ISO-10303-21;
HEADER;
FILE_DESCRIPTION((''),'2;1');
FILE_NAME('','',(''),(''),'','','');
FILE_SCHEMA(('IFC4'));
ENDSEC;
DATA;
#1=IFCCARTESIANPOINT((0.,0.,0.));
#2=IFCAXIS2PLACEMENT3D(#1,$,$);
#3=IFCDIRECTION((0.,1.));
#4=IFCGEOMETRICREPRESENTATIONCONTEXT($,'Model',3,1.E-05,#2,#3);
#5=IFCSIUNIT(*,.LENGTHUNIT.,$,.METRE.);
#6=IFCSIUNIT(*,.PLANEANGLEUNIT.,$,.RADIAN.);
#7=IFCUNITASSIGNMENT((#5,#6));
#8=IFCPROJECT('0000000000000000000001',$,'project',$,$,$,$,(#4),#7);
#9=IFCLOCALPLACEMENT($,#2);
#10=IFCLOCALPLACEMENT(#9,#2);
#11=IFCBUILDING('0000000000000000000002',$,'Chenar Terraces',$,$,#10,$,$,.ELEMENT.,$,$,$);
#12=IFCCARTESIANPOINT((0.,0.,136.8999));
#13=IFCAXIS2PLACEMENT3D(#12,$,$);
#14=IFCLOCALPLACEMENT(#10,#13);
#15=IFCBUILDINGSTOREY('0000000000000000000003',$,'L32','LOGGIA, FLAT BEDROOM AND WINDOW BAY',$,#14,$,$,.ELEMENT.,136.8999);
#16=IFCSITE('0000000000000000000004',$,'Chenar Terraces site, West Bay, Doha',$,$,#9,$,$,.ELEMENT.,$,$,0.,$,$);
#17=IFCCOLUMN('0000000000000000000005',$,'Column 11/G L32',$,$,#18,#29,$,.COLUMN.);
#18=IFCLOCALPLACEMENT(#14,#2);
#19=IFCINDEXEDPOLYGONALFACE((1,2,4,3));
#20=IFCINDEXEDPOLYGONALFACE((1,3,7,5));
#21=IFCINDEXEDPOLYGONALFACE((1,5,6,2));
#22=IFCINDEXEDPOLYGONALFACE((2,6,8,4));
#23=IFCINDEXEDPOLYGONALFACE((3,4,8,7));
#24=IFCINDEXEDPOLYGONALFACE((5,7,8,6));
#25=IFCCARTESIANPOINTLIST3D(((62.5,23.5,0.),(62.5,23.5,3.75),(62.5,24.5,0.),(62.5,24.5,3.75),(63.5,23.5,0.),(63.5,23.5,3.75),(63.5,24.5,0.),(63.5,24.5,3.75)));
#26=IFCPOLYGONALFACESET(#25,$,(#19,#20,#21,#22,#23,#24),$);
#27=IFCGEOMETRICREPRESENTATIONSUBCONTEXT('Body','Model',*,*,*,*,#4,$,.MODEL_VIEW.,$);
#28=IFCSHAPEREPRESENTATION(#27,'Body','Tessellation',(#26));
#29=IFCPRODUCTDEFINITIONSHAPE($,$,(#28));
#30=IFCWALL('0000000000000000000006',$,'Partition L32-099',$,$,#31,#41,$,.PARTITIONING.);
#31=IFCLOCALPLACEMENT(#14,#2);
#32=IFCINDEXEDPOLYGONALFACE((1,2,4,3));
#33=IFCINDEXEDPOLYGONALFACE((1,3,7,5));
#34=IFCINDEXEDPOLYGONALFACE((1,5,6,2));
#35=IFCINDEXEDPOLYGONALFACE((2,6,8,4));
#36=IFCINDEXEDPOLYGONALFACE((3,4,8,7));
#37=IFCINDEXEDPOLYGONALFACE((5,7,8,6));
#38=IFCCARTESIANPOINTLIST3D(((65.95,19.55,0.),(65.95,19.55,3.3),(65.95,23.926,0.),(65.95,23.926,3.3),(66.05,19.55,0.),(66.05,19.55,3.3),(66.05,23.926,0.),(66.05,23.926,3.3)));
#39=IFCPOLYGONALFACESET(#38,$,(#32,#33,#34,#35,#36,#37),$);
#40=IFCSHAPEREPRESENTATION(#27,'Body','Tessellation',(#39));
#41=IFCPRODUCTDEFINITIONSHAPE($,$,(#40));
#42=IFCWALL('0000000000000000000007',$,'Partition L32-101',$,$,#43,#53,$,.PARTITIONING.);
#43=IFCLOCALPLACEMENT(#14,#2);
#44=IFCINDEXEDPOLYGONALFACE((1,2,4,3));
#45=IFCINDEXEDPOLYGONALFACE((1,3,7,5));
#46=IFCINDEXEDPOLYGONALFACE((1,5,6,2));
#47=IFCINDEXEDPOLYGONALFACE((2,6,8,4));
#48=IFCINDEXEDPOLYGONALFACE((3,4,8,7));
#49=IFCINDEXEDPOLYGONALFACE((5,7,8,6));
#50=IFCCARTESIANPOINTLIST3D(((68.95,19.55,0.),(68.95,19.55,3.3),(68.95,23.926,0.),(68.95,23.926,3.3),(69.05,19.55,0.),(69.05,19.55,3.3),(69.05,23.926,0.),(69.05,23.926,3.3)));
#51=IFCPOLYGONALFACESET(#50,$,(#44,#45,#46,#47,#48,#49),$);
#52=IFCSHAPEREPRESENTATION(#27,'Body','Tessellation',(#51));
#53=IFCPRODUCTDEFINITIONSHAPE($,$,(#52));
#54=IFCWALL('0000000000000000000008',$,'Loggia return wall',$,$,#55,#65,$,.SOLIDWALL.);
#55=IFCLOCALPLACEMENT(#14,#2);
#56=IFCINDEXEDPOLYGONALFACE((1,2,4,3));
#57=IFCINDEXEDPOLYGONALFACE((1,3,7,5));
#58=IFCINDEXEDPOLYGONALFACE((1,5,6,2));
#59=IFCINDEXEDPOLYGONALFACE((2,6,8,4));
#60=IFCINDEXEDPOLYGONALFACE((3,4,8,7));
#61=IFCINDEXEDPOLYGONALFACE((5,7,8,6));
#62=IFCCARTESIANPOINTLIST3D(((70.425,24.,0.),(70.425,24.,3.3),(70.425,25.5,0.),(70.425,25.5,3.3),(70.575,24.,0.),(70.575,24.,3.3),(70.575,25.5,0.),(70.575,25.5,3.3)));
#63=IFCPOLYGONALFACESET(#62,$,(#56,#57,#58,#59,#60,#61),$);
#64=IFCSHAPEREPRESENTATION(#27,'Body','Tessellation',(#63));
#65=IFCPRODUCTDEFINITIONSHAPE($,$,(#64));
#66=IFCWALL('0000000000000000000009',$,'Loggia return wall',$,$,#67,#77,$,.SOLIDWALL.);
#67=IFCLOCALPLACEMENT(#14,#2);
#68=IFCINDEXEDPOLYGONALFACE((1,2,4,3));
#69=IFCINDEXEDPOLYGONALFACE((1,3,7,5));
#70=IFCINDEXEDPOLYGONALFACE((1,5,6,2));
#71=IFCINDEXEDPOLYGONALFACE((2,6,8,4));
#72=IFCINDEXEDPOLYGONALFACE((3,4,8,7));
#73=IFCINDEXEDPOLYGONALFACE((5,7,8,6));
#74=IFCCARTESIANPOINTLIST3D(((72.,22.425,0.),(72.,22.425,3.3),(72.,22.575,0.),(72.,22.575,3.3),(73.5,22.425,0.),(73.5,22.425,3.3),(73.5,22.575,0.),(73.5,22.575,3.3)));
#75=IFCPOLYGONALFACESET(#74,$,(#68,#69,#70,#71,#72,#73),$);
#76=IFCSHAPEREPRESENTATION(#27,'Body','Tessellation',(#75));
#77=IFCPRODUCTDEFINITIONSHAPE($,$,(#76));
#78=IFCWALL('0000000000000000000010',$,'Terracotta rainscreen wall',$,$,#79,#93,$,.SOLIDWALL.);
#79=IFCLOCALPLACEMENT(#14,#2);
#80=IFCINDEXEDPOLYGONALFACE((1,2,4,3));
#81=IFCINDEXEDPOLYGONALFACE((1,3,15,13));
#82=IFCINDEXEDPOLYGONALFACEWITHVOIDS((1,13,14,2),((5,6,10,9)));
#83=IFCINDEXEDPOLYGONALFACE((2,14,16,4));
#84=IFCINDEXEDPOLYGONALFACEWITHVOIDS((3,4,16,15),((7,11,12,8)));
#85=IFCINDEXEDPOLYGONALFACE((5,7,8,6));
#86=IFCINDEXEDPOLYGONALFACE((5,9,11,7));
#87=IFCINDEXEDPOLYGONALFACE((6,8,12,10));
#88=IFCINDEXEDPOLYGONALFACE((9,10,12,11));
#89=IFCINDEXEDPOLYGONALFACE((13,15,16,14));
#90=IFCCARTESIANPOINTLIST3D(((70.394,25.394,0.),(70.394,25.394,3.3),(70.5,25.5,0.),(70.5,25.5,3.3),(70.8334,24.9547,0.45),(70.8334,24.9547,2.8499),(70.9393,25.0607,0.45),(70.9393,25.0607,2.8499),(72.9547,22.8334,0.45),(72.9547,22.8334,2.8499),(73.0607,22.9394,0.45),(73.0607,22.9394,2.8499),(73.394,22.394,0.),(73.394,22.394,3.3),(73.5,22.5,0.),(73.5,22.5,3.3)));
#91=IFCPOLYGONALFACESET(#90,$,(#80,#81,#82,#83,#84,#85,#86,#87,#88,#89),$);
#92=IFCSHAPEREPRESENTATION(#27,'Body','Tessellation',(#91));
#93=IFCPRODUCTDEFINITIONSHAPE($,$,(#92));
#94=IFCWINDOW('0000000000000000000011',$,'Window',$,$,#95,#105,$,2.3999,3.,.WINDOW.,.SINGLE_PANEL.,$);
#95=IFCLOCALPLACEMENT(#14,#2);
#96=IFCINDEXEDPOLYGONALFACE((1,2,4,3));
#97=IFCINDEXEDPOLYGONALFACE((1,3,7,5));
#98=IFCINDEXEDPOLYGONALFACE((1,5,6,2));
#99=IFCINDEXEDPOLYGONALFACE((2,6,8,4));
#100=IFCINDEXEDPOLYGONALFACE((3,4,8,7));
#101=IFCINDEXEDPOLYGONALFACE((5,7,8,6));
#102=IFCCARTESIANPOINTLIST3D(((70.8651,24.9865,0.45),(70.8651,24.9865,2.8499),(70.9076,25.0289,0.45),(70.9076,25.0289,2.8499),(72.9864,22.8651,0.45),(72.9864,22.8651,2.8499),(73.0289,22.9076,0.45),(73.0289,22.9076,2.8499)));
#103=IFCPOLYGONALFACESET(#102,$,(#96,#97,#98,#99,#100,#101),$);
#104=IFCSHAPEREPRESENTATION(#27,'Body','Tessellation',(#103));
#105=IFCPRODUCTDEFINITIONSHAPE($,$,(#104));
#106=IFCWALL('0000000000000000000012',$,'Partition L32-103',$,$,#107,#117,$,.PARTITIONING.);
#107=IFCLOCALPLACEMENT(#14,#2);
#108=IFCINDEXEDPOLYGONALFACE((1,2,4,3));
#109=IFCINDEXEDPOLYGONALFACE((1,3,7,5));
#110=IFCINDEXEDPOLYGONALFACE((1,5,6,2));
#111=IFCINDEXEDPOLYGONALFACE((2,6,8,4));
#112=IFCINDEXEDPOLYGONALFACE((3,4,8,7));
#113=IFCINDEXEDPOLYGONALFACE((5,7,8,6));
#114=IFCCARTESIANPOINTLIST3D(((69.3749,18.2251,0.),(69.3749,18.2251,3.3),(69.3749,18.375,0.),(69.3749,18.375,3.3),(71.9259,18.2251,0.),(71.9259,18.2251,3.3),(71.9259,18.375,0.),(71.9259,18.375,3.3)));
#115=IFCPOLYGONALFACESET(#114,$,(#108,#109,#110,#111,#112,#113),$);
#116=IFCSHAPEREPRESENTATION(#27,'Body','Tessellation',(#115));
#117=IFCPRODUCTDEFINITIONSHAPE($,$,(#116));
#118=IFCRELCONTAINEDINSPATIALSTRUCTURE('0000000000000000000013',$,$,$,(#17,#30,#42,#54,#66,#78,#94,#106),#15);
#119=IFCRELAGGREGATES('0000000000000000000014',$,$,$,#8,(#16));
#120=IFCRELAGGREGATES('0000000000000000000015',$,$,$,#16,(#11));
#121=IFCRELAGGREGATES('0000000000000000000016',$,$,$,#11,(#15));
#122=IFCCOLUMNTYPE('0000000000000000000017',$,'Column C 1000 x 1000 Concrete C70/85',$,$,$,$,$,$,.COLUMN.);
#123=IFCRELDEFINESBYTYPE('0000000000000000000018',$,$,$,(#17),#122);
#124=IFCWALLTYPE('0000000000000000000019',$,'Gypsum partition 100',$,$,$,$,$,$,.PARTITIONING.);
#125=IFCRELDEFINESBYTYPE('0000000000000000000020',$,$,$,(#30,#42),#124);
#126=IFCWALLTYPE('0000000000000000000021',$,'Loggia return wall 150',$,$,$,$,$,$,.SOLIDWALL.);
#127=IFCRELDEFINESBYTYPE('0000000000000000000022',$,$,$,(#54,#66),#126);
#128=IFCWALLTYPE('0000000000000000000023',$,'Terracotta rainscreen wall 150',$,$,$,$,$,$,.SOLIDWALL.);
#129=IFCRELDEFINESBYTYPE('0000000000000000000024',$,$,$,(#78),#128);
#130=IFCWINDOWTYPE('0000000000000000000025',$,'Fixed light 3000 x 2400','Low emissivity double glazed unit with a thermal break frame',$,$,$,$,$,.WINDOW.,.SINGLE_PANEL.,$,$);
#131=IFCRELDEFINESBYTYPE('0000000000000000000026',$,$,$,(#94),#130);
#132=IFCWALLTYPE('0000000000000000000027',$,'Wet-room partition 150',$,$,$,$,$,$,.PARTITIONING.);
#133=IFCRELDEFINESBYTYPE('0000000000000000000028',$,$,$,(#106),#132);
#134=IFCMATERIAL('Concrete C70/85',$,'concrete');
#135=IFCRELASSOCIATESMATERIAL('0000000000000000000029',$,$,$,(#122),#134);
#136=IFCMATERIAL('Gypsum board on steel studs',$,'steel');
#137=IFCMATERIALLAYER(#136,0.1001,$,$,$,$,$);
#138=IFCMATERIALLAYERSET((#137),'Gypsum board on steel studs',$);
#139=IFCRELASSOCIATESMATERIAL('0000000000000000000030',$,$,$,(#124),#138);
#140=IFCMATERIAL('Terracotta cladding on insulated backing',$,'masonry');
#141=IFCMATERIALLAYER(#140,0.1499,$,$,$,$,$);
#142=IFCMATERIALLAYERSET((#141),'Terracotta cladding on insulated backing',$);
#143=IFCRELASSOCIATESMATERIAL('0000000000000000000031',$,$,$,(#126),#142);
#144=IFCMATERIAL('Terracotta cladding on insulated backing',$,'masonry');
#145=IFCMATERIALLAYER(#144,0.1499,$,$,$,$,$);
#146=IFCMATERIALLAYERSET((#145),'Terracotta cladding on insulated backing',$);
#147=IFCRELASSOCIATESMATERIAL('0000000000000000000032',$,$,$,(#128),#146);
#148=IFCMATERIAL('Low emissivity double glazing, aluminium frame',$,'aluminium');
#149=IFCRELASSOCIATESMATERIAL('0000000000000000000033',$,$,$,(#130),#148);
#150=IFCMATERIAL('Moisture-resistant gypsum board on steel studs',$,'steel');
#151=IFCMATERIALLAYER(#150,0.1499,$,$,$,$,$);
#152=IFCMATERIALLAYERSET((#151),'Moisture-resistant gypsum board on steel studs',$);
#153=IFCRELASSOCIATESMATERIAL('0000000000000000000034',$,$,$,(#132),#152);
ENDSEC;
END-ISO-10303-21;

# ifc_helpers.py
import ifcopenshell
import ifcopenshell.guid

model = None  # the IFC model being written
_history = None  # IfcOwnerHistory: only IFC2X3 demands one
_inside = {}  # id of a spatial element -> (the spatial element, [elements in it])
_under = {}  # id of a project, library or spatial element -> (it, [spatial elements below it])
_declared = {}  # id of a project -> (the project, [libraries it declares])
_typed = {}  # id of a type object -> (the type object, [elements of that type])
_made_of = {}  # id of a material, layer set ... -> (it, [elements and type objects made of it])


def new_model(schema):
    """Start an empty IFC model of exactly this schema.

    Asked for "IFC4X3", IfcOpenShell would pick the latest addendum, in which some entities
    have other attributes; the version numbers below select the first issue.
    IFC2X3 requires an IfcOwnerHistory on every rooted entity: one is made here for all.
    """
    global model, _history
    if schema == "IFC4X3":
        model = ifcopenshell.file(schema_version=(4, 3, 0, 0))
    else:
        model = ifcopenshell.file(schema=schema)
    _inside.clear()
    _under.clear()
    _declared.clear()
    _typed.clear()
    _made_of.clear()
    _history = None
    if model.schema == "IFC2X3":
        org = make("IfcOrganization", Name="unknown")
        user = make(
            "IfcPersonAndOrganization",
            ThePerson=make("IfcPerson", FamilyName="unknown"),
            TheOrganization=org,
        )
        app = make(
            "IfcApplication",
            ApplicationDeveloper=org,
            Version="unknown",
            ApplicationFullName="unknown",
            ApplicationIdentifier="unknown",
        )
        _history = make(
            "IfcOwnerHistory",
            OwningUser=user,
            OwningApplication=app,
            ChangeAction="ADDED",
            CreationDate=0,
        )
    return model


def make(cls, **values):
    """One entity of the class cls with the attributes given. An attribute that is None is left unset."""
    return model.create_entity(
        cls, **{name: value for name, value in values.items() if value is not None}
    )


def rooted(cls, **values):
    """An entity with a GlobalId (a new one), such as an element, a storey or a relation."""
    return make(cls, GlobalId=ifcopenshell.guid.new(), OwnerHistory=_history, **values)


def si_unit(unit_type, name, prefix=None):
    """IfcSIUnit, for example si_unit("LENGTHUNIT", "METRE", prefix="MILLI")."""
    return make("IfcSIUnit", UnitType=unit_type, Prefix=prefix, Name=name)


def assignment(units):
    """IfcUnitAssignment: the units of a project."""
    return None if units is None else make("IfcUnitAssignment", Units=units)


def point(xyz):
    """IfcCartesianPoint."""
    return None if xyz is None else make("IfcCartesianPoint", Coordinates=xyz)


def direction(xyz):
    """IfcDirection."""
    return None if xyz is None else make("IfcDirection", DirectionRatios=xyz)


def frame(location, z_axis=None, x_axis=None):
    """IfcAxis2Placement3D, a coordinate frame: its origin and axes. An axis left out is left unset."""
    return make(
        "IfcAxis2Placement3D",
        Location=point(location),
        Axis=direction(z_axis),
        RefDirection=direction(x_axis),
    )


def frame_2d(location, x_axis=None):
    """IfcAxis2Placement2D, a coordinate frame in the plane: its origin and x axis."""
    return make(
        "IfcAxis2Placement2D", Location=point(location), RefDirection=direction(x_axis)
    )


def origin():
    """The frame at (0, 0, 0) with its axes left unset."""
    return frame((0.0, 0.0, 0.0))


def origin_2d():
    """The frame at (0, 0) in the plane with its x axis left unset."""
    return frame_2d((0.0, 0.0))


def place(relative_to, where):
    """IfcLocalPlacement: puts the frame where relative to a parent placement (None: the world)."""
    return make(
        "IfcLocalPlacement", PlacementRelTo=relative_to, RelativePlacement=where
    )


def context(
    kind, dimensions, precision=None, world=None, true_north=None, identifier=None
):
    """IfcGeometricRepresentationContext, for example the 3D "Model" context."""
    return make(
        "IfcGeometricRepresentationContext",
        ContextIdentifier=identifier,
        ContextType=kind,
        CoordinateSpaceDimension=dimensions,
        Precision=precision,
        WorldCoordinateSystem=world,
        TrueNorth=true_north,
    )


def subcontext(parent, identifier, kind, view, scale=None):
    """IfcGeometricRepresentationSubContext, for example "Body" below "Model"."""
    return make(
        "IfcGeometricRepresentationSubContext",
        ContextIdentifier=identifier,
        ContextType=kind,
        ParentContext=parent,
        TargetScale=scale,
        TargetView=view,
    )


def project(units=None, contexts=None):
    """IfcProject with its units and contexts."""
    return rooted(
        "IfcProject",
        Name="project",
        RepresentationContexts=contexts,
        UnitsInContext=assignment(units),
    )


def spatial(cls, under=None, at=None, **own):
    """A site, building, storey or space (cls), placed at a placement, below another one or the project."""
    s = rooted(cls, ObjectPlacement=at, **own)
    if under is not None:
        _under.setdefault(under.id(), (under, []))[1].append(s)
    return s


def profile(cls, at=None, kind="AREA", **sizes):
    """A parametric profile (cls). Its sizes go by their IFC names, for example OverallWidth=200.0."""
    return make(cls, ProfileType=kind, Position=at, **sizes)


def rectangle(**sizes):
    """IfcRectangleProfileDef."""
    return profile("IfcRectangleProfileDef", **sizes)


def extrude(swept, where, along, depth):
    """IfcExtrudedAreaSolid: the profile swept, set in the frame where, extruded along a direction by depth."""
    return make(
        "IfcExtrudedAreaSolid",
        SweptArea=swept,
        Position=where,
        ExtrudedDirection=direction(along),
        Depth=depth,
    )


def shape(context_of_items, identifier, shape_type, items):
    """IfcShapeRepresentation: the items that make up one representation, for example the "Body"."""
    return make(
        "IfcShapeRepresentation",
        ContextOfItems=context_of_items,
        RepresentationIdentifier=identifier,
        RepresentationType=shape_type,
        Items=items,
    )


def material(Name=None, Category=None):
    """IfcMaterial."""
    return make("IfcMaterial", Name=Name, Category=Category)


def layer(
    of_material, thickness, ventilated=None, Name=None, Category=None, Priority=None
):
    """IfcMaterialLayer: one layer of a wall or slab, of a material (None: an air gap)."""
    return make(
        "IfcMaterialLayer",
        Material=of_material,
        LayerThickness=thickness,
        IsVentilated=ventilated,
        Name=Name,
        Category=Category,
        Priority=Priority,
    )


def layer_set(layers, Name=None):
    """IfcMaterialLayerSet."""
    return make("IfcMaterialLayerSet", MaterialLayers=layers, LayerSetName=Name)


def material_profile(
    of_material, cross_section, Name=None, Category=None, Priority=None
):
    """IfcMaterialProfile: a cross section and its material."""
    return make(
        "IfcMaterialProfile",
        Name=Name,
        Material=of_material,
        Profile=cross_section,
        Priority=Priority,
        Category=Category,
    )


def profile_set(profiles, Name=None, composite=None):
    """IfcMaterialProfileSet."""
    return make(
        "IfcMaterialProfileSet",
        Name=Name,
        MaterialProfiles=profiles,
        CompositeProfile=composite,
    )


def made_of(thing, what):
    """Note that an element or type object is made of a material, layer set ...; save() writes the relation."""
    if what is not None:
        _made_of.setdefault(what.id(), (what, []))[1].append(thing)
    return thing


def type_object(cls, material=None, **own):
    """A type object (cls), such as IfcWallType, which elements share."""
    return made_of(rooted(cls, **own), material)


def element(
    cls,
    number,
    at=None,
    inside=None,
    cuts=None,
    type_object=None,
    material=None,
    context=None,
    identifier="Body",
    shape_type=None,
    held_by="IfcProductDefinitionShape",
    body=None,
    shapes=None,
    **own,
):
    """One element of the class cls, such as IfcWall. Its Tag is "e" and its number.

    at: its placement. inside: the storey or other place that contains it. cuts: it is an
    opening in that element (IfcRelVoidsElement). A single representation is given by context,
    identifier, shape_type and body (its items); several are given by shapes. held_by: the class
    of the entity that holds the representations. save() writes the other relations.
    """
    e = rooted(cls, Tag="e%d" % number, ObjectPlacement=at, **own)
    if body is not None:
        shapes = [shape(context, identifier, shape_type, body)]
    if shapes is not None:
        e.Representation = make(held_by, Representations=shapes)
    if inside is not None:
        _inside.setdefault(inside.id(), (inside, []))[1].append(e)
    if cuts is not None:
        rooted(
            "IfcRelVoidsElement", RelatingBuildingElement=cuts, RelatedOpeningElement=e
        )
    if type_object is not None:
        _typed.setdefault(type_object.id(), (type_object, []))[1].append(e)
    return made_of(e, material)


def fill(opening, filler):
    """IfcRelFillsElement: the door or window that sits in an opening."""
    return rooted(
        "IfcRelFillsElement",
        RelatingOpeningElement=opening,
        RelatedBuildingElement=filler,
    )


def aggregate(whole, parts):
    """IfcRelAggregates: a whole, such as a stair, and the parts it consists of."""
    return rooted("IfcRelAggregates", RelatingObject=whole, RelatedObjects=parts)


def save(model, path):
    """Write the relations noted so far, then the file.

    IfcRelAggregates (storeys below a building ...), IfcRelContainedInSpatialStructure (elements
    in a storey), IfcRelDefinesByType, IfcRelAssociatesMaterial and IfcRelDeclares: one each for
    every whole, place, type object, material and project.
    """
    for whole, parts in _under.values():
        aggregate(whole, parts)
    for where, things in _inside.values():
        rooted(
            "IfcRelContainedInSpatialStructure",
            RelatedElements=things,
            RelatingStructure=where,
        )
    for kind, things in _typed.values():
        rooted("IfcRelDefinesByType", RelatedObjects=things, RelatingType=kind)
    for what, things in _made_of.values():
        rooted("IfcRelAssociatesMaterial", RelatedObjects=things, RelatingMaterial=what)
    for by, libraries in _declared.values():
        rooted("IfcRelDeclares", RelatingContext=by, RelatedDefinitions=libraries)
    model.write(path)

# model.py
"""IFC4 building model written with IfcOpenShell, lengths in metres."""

from ifc_helpers import new_model, si_unit, direction, frame, frame_2d, origin, origin_2d, place, context, subcontext, project, spatial, rectangle, extrude, material, layer, layer_set, material_profile, profile_set, type_object, element, fill, save


model = new_model("IFC4")

# Units and contexts
model_context = context("Model", 3, precision=1e-05, world=origin(), true_north=direction((0.0, 1.0)))
body_context = subcontext(model_context, "Body", "Model", "MODEL_VIEW")
ifc_project = project(units=[si_unit("LENGTHUNIT", "METRE"), si_unit("PLANEANGLEUNIT", "RADIAN")], contexts=[model_context])

# Site, building, storey
site_placement = place(None, origin())
site = spatial("IfcSite", under=ifc_project, at=site_placement, Name="Chenar Terraces site, West Bay, Doha", CompositionType="ELEMENT", RefElevation=0.0)
building_placement = place(site_placement, origin())
building = spatial("IfcBuilding", under=site, at=building_placement, Name="Chenar Terraces", CompositionType="ELEMENT")
storey_placement = place(building_placement, frame((0.0, 0.0, 136.8999)))
storey = spatial("IfcBuildingStorey", under=building, at=storey_placement, Name="L32", Description="LOGGIA, FLAT BEDROOM AND WINDOW BAY", CompositionType="ELEMENT", Elevation=136.8999)

# Column
ifc_material_1 = material(Name="Concrete C70/85", Category="concrete")
ifc_material_profile = material_profile(ifc_material_1, rectangle(XDim=1.0, YDim=1.0, at=origin_2d()), Name="C 1000 x 1000")
ifc_profile_set = profile_set([ifc_material_profile], Name="Concrete C70/85")
column_type = type_object("IfcColumnType", Name="Column C 1000 x 1000 Concrete C70/85", PredefinedType="COLUMN", material=ifc_profile_set)
column_placement = place(storey_placement, frame((63.0, 24.0, 0.0), z_axis=(0.0, 0.0, 1.0), x_axis=(1.0, 0.0, 0.0)))
element("IfcColumn", 1, at=column_placement, inside=storey, type_object=column_type, Name="Column 11/G L32", PredefinedType="COLUMN", context=body_context, shape_type="SweptSolid", body=[
    extrude(rectangle(XDim=1.0, YDim=1.0, at=origin_2d()), origin(), (0.0, 0.0, 1.0), 3.75),
])

# Walls
ifc_material_2 = material(Name="Gypsum board on steel studs", Category="steel")
ifc_layer_1 = layer(ifc_material_2, 0.1001)
ifc_layer_set_1 = layer_set([ifc_layer_1], Name="Gypsum board on steel studs")
wall_type_1 = type_object("IfcWallType", Name="Gypsum partition 100", PredefinedType="PARTITIONING", material=ifc_layer_set_1)
for number, where, z_axis, x_axis, name in (
    (2, (66.0, 19.55, 0.0), (0.0, 0.0, 1.0), (0.0, 1.0, 0.0), "Partition L32-099"),
    (3, (69.0, 19.55, 0.0), (0.0, 0.0, 1.0), (0.0, 1.0, 0.0), "Partition L32-101"),
):
    element("IfcWall", number, at=place(storey_placement, frame(where, z_axis=z_axis, x_axis=x_axis)), inside=storey, type_object=wall_type_1, Name=name, PredefinedType="PARTITIONING", context=body_context, shape_type="SweptSolid", body=[
        extrude(rectangle(XDim=4.376, YDim=0.1001, at=frame_2d((2.188, 0.0))), origin(), (0.0, 0.0, 1.0), 3.3),
    ])
ifc_material_3 = material(Name="Terracotta cladding on insulated backing", Category="masonry")
ifc_layer_2 = layer(ifc_material_3, 0.1499)
ifc_layer_set_2 = layer_set([ifc_layer_2], Name="Terracotta cladding on insulated backing")
wall_type_2 = type_object("IfcWallType", Name="Loggia return wall 150", PredefinedType="SOLIDWALL", material=ifc_layer_set_2)
for number, where, z_axis, x_axis, name in (
    (4, (70.5, 25.5, 0.0), (0.0, 0.0, 1.0), (0.0, -1.0, 0.0), "Loggia return wall"),
    (5, (73.5, 22.5, 0.0), (0.0, 0.0, 1.0), (-1.0, 0.0, 0.0), "Loggia return wall"),
):
    element("IfcWall", number, at=place(storey_placement, frame(where, z_axis=z_axis, x_axis=x_axis)), inside=storey, type_object=wall_type_2, Name=name, PredefinedType="SOLIDWALL", context=body_context, shape_type="SweptSolid", body=[
        extrude(rectangle(XDim=1.5, YDim=0.1499, at=frame_2d((0.75, 0.0))), origin(), (0.0, 0.0, 1.0), 3.3),
    ])

# Wall, opening, window
ifc_material_4 = material(Name="Terracotta cladding on insulated backing", Category="masonry")
ifc_layer_3 = layer(ifc_material_4, 0.1499)
ifc_layer_set_3 = layer_set([ifc_layer_3], Name="Terracotta cladding on insulated backing")
wall_type_3 = type_object("IfcWallType", Name="Terracotta rainscreen wall 150", PredefinedType="SOLIDWALL", material=ifc_layer_set_3)
wall_1_placement = place(storey_placement, frame((73.447, 22.447, 0.0), z_axis=(0.0, 0.0, 1.0), x_axis=(-0.707107, 0.707107, 0.0)))
wall_1 = element("IfcWall", 6, at=wall_1_placement, inside=storey, type_object=wall_type_3, Name="Terracotta rainscreen wall", PredefinedType="SOLIDWALL", context=body_context, shape_type="SweptSolid", body=[
    extrude(rectangle(XDim=4.2427, YDim=0.1499, at=frame_2d((2.1213, 0.0))), origin(), (0.0, 0.0, 1.0), 3.3),
])
opening_1_placement = place(wall_1_placement, frame((0.6213, 0.0, 0.45)))
opening_1 = element("IfcOpeningElement", 7, at=opening_1_placement, cuts=wall_1, PredefinedType="OPENING", context=body_context, shape_type="SweptSolid", body=[
    extrude(rectangle(XDim=3.0, YDim=2.3999, at=frame_2d((1.5, 1.2))), frame((0.0, 0.085, 0.0), z_axis=(0.0, -1.0, 0.0), x_axis=(1.0, 0.0, 0.0)), (0.0, 0.0, 1.0), 0.1699),
])
ifc_material_5 = material(Name="Low emissivity double glazing, aluminium frame", Category="aluminium")
window_type_1 = type_object("IfcWindowType", Name="Fixed light 3000 x 2400", Description="Low emissivity double glazed unit with a thermal break frame", PartitioningType="SINGLE_PANEL", PredefinedType="WINDOW", material=ifc_material_5)
window_1_placement = place(opening_1_placement, origin())
window_1 = element("IfcWindow", 8, at=window_1_placement, inside=storey, type_object=window_type_1, Name="Window", OverallHeight=2.3999, OverallWidth=3.0, PartitioningType="SINGLE_PANEL", PredefinedType="WINDOW", context=body_context, shape_type="SweptSolid", body=[
    extrude(rectangle(XDim=3.0, YDim=2.3999, at=frame_2d((1.5, 1.2))), frame((0.0, 0.03, 0.0), z_axis=(0.0, -1.0, 0.0), x_axis=(1.0, 0.0, 0.0)), (0.0, 0.0, 1.0), 0.0601),
])
fill(opening_1, window_1)

# Wall
ifc_material_6 = material(Name="Moisture-resistant gypsum board on steel studs", Category="steel")
ifc_layer_4 = layer(ifc_material_6, 0.1499)
ifc_layer_set_4 = layer_set([ifc_layer_4], Name="Moisture-resistant gypsum board on steel studs")
wall_type_4 = type_object("IfcWallType", Name="Wet-room partition 150", PredefinedType="PARTITIONING", material=ifc_layer_set_4)
wall_2_placement = place(storey_placement, frame((69.375, 18.3, 0.0), z_axis=(0.0, 0.0, 1.0), x_axis=(1.0, 0.0, 0.0)))
element("IfcWall", 9, at=wall_2_placement, inside=storey, type_object=wall_type_4, Name="Partition L32-103", PredefinedType="PARTITIONING", context=body_context, shape_type="SweptSolid", body=[
    extrude(rectangle(XDim=2.551, YDim=0.1499, at=frame_2d((1.2754, 0.0))), origin(), (0.0, 0.0, 1.0), 3.3),
])

save(model, "model.ifc")
